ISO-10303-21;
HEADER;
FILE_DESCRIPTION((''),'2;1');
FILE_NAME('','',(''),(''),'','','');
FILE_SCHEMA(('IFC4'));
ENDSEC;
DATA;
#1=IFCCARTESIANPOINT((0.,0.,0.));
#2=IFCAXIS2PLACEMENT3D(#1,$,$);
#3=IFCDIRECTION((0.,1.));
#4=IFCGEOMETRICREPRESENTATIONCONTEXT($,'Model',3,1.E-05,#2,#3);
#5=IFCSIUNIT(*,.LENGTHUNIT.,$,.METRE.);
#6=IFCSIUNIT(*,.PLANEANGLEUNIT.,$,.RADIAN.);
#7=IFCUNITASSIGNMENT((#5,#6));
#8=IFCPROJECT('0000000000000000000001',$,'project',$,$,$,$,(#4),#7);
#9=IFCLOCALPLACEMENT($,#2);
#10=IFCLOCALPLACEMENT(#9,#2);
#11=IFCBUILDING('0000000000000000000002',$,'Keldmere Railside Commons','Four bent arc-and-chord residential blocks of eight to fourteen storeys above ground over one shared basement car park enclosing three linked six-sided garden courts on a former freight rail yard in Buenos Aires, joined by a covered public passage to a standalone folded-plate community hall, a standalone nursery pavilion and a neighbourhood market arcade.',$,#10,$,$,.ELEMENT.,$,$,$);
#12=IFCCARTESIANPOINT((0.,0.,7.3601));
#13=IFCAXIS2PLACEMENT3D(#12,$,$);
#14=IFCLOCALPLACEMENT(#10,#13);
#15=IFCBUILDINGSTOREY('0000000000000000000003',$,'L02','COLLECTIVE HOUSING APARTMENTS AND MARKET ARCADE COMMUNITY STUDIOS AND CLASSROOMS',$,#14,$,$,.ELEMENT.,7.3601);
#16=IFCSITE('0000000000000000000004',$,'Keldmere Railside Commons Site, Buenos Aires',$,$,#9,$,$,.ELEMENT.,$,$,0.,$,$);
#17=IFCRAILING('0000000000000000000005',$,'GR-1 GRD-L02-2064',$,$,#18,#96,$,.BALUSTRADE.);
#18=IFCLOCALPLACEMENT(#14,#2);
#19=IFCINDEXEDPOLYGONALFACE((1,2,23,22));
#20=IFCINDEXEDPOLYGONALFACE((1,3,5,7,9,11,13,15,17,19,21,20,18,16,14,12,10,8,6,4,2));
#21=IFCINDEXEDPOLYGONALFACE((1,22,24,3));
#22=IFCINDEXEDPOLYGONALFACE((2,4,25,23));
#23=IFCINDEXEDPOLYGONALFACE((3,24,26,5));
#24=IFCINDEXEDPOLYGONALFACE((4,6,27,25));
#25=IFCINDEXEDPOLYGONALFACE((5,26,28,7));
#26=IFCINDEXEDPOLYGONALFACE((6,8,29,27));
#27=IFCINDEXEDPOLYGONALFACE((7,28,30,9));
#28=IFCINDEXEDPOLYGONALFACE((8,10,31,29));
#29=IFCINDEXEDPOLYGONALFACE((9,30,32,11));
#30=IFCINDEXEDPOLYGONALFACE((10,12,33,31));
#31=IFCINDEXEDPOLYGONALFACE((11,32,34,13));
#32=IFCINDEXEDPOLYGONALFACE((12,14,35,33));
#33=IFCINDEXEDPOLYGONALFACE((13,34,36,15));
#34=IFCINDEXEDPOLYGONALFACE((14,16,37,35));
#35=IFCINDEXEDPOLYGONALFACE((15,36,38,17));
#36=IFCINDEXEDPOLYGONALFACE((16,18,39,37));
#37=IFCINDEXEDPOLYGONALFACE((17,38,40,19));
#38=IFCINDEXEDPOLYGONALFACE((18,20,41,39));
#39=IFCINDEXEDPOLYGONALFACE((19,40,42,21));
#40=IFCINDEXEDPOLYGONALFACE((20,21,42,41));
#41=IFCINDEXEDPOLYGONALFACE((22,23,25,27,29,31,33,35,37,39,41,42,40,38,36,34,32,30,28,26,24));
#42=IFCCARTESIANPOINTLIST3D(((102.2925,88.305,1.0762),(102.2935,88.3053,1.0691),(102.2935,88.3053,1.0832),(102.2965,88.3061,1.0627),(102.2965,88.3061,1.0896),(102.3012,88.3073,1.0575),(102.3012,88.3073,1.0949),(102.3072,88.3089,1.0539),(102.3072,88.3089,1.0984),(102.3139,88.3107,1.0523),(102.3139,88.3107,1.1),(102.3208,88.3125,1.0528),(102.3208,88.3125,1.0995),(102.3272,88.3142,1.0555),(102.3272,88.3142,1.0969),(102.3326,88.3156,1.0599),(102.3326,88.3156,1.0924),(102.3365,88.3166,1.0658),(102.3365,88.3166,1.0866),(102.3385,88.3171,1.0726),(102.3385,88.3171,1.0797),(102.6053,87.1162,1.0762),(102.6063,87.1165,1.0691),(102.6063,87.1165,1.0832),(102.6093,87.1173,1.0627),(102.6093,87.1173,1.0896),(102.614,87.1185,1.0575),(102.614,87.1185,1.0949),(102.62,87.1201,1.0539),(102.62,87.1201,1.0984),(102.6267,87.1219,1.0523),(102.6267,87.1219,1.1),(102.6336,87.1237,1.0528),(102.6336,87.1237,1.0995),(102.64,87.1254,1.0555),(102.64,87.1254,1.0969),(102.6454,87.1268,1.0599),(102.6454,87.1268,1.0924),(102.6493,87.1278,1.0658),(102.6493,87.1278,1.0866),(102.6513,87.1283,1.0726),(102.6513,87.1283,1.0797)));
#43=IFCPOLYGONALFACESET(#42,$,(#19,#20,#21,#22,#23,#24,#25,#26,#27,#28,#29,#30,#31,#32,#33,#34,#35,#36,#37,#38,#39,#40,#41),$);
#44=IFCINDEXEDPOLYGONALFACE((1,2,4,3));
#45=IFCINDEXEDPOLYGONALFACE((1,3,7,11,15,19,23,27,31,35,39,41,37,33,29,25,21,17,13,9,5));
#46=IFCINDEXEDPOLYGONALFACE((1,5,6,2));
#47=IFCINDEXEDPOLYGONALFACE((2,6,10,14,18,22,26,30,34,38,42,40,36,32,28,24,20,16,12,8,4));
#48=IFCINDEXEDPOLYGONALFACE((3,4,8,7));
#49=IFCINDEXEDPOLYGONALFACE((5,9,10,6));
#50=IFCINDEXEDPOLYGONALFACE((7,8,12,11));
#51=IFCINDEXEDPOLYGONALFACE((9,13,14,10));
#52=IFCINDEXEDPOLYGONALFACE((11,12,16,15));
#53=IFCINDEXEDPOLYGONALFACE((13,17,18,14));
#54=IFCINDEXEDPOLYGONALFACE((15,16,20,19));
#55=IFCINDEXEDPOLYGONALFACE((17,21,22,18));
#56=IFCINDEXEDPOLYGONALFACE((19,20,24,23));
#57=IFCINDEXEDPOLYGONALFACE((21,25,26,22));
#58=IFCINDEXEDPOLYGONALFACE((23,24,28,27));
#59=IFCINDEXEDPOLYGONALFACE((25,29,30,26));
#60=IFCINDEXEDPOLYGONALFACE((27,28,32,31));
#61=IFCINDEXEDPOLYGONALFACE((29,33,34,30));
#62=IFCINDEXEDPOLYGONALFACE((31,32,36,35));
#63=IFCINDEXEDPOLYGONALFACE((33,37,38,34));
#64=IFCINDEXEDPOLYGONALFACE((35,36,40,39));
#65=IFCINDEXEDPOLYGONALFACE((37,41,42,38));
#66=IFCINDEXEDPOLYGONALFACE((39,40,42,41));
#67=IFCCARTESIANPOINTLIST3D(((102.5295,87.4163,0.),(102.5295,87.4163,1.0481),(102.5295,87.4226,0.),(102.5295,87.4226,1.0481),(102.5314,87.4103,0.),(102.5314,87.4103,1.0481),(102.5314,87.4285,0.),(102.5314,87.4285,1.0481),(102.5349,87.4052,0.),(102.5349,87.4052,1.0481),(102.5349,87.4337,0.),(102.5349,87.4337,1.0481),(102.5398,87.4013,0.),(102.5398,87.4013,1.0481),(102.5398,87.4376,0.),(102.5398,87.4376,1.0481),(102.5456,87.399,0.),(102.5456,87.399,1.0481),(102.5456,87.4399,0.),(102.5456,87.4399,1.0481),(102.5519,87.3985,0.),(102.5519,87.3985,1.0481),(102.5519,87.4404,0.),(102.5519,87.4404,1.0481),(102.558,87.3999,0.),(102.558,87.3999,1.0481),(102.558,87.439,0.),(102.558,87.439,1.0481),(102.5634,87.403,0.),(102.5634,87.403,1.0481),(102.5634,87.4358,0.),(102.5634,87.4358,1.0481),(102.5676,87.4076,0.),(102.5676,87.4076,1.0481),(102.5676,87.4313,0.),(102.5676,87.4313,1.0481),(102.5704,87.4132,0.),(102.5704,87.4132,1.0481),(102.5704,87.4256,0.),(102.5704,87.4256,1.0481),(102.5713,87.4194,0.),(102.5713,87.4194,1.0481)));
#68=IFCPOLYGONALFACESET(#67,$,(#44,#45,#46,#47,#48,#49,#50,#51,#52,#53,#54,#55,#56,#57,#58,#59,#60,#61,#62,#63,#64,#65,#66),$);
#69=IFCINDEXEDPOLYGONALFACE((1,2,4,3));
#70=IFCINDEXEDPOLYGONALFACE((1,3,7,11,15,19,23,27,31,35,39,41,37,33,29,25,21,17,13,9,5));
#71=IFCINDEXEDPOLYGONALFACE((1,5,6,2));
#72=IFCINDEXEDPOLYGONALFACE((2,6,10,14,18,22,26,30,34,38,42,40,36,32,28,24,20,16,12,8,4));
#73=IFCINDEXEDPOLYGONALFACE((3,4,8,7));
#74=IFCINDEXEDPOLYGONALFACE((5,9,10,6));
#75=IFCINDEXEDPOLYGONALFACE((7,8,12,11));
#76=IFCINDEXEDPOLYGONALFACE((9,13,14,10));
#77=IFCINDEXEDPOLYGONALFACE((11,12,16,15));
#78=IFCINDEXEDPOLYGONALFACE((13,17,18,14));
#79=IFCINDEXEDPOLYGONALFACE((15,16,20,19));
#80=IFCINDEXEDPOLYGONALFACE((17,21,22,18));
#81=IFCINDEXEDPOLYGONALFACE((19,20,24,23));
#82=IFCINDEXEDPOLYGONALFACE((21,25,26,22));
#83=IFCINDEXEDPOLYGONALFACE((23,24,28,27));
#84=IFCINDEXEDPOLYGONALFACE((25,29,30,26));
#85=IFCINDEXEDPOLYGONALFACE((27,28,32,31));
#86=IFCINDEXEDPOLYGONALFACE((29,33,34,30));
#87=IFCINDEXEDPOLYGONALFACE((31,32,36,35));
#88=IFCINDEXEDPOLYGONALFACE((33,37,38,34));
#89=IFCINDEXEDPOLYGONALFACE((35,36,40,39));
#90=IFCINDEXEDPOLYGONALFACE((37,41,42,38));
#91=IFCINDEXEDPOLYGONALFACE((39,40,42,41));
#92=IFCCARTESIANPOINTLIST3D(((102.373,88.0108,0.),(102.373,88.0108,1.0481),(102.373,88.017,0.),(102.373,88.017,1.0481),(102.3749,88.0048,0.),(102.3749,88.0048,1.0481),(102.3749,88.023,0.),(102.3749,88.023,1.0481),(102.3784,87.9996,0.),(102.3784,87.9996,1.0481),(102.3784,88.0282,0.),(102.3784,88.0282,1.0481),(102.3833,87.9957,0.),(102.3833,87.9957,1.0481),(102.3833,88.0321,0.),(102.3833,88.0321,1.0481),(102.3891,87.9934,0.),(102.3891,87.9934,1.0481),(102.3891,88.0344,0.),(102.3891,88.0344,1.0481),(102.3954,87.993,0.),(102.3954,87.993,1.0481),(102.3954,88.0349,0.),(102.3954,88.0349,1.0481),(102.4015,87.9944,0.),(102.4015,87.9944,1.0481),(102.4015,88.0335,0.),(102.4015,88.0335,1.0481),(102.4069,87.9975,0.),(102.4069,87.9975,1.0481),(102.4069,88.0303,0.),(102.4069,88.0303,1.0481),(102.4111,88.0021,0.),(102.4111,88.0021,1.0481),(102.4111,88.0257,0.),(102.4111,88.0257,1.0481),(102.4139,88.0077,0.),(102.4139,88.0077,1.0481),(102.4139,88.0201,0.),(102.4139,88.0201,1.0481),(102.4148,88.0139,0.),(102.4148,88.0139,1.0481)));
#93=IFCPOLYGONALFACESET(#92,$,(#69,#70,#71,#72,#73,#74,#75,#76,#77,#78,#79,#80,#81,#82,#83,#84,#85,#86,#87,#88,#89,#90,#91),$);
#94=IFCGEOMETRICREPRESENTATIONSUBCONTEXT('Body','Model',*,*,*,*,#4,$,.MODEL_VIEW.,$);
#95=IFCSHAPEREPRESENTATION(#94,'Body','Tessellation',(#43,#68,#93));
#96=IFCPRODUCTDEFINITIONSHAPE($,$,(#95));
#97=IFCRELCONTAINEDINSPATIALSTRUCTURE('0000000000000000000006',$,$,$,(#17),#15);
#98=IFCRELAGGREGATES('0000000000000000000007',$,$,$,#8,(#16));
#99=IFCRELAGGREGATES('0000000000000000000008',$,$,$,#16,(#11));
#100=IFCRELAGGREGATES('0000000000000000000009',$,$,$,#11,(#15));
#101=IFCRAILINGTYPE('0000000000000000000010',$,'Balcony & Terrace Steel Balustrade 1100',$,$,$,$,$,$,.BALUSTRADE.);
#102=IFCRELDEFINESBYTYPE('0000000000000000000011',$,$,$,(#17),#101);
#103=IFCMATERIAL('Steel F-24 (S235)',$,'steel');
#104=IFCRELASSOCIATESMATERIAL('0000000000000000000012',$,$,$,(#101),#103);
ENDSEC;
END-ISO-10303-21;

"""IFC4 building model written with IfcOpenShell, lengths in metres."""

from ifc_helpers import new_model, si_unit, direction, frame, origin, origin_2d, place, context, subcontext, project, spatial, circle, extrude, material, type_object, element, save


model = new_model("IFC4")

# Units and contexts
model_context = context("Model", 3, precision=1e-05, world=origin(), true_north=direction((0.0, 1.0)))
body_context = subcontext(model_context, "Body", "Model", "MODEL_VIEW")
ifc_project = project(units=[si_unit("LENGTHUNIT", "METRE"), si_unit("PLANEANGLEUNIT", "RADIAN")], contexts=[model_context])

# Site, building, storey
site_placement = place(None, origin())
site = spatial("IfcSite", under=ifc_project, at=site_placement, Name="Keldmere Railside Commons Site, Buenos Aires", CompositionType="ELEMENT", RefElevation=0.0)
building_placement = place(site_placement, origin())
building = spatial("IfcBuilding", under=site, at=building_placement, Name="Keldmere Railside Commons", Description="Four bent arc-and-chord residential blocks of eight to fourteen storeys above ground over one shared basement car park enclosing three linked six-sided garden courts on a former freight rail yard in Buenos Aires, joined by a covered public passage to a standalone folded-plate community hall, a standalone nursery pavilion and a neighbourhood market arcade.", CompositionType="ELEMENT")
storey_placement = place(building_placement, frame((0.0, 0.0, 7.3601)))
storey = spatial("IfcBuildingStorey", under=building, at=storey_placement, Name="L02", Description="COLLECTIVE HOUSING APARTMENTS AND MARKET ARCADE COMMUNITY STUDIOS AND CLASSROOMS", CompositionType="ELEMENT", Elevation=7.3601)

# Shared definitions
ifc_material_1 = material(Name="Steel F-24 (S235)", Category="steel")

# Railing
railing_type = type_object("IfcRailingType", Name="Balcony & Terrace Steel Balustrade 1100", PredefinedType="BALUSTRADE", material=ifc_material_1)
railing_1_placement = place(storey_placement, frame((102.6284, 87.1223, 0.0)))
element("IfcRailing", 1, at=railing_1_placement, inside=storey, type_object=railing_type, Name="GR-1 GRD-L02-2064", PredefinedType="BALUSTRADE", context=body_context, shape_type="SweptSolid", body=[
    extrude(circle(Radius=0.0239, at=origin_2d()), frame((0.0, 0.0, 1.0762), z_axis=(-0.254435, 0.96709, 0.0), x_axis=(-0.96709, -0.254435, 0.0)), (0.0, 0.0, 1.0), 1.2292),
    extrude(circle(Radius=0.021, at=origin_2d()), frame((-0.0781, 0.2971, 0.0)), (0.0, 0.0, 1.0), 1.0481),
    extrude(circle(Radius=0.021, at=origin_2d()), frame((-0.2346, 0.8916, 0.0)), (0.0, 0.0, 1.0), 1.0481),
])

save(model, "model.ifc")
